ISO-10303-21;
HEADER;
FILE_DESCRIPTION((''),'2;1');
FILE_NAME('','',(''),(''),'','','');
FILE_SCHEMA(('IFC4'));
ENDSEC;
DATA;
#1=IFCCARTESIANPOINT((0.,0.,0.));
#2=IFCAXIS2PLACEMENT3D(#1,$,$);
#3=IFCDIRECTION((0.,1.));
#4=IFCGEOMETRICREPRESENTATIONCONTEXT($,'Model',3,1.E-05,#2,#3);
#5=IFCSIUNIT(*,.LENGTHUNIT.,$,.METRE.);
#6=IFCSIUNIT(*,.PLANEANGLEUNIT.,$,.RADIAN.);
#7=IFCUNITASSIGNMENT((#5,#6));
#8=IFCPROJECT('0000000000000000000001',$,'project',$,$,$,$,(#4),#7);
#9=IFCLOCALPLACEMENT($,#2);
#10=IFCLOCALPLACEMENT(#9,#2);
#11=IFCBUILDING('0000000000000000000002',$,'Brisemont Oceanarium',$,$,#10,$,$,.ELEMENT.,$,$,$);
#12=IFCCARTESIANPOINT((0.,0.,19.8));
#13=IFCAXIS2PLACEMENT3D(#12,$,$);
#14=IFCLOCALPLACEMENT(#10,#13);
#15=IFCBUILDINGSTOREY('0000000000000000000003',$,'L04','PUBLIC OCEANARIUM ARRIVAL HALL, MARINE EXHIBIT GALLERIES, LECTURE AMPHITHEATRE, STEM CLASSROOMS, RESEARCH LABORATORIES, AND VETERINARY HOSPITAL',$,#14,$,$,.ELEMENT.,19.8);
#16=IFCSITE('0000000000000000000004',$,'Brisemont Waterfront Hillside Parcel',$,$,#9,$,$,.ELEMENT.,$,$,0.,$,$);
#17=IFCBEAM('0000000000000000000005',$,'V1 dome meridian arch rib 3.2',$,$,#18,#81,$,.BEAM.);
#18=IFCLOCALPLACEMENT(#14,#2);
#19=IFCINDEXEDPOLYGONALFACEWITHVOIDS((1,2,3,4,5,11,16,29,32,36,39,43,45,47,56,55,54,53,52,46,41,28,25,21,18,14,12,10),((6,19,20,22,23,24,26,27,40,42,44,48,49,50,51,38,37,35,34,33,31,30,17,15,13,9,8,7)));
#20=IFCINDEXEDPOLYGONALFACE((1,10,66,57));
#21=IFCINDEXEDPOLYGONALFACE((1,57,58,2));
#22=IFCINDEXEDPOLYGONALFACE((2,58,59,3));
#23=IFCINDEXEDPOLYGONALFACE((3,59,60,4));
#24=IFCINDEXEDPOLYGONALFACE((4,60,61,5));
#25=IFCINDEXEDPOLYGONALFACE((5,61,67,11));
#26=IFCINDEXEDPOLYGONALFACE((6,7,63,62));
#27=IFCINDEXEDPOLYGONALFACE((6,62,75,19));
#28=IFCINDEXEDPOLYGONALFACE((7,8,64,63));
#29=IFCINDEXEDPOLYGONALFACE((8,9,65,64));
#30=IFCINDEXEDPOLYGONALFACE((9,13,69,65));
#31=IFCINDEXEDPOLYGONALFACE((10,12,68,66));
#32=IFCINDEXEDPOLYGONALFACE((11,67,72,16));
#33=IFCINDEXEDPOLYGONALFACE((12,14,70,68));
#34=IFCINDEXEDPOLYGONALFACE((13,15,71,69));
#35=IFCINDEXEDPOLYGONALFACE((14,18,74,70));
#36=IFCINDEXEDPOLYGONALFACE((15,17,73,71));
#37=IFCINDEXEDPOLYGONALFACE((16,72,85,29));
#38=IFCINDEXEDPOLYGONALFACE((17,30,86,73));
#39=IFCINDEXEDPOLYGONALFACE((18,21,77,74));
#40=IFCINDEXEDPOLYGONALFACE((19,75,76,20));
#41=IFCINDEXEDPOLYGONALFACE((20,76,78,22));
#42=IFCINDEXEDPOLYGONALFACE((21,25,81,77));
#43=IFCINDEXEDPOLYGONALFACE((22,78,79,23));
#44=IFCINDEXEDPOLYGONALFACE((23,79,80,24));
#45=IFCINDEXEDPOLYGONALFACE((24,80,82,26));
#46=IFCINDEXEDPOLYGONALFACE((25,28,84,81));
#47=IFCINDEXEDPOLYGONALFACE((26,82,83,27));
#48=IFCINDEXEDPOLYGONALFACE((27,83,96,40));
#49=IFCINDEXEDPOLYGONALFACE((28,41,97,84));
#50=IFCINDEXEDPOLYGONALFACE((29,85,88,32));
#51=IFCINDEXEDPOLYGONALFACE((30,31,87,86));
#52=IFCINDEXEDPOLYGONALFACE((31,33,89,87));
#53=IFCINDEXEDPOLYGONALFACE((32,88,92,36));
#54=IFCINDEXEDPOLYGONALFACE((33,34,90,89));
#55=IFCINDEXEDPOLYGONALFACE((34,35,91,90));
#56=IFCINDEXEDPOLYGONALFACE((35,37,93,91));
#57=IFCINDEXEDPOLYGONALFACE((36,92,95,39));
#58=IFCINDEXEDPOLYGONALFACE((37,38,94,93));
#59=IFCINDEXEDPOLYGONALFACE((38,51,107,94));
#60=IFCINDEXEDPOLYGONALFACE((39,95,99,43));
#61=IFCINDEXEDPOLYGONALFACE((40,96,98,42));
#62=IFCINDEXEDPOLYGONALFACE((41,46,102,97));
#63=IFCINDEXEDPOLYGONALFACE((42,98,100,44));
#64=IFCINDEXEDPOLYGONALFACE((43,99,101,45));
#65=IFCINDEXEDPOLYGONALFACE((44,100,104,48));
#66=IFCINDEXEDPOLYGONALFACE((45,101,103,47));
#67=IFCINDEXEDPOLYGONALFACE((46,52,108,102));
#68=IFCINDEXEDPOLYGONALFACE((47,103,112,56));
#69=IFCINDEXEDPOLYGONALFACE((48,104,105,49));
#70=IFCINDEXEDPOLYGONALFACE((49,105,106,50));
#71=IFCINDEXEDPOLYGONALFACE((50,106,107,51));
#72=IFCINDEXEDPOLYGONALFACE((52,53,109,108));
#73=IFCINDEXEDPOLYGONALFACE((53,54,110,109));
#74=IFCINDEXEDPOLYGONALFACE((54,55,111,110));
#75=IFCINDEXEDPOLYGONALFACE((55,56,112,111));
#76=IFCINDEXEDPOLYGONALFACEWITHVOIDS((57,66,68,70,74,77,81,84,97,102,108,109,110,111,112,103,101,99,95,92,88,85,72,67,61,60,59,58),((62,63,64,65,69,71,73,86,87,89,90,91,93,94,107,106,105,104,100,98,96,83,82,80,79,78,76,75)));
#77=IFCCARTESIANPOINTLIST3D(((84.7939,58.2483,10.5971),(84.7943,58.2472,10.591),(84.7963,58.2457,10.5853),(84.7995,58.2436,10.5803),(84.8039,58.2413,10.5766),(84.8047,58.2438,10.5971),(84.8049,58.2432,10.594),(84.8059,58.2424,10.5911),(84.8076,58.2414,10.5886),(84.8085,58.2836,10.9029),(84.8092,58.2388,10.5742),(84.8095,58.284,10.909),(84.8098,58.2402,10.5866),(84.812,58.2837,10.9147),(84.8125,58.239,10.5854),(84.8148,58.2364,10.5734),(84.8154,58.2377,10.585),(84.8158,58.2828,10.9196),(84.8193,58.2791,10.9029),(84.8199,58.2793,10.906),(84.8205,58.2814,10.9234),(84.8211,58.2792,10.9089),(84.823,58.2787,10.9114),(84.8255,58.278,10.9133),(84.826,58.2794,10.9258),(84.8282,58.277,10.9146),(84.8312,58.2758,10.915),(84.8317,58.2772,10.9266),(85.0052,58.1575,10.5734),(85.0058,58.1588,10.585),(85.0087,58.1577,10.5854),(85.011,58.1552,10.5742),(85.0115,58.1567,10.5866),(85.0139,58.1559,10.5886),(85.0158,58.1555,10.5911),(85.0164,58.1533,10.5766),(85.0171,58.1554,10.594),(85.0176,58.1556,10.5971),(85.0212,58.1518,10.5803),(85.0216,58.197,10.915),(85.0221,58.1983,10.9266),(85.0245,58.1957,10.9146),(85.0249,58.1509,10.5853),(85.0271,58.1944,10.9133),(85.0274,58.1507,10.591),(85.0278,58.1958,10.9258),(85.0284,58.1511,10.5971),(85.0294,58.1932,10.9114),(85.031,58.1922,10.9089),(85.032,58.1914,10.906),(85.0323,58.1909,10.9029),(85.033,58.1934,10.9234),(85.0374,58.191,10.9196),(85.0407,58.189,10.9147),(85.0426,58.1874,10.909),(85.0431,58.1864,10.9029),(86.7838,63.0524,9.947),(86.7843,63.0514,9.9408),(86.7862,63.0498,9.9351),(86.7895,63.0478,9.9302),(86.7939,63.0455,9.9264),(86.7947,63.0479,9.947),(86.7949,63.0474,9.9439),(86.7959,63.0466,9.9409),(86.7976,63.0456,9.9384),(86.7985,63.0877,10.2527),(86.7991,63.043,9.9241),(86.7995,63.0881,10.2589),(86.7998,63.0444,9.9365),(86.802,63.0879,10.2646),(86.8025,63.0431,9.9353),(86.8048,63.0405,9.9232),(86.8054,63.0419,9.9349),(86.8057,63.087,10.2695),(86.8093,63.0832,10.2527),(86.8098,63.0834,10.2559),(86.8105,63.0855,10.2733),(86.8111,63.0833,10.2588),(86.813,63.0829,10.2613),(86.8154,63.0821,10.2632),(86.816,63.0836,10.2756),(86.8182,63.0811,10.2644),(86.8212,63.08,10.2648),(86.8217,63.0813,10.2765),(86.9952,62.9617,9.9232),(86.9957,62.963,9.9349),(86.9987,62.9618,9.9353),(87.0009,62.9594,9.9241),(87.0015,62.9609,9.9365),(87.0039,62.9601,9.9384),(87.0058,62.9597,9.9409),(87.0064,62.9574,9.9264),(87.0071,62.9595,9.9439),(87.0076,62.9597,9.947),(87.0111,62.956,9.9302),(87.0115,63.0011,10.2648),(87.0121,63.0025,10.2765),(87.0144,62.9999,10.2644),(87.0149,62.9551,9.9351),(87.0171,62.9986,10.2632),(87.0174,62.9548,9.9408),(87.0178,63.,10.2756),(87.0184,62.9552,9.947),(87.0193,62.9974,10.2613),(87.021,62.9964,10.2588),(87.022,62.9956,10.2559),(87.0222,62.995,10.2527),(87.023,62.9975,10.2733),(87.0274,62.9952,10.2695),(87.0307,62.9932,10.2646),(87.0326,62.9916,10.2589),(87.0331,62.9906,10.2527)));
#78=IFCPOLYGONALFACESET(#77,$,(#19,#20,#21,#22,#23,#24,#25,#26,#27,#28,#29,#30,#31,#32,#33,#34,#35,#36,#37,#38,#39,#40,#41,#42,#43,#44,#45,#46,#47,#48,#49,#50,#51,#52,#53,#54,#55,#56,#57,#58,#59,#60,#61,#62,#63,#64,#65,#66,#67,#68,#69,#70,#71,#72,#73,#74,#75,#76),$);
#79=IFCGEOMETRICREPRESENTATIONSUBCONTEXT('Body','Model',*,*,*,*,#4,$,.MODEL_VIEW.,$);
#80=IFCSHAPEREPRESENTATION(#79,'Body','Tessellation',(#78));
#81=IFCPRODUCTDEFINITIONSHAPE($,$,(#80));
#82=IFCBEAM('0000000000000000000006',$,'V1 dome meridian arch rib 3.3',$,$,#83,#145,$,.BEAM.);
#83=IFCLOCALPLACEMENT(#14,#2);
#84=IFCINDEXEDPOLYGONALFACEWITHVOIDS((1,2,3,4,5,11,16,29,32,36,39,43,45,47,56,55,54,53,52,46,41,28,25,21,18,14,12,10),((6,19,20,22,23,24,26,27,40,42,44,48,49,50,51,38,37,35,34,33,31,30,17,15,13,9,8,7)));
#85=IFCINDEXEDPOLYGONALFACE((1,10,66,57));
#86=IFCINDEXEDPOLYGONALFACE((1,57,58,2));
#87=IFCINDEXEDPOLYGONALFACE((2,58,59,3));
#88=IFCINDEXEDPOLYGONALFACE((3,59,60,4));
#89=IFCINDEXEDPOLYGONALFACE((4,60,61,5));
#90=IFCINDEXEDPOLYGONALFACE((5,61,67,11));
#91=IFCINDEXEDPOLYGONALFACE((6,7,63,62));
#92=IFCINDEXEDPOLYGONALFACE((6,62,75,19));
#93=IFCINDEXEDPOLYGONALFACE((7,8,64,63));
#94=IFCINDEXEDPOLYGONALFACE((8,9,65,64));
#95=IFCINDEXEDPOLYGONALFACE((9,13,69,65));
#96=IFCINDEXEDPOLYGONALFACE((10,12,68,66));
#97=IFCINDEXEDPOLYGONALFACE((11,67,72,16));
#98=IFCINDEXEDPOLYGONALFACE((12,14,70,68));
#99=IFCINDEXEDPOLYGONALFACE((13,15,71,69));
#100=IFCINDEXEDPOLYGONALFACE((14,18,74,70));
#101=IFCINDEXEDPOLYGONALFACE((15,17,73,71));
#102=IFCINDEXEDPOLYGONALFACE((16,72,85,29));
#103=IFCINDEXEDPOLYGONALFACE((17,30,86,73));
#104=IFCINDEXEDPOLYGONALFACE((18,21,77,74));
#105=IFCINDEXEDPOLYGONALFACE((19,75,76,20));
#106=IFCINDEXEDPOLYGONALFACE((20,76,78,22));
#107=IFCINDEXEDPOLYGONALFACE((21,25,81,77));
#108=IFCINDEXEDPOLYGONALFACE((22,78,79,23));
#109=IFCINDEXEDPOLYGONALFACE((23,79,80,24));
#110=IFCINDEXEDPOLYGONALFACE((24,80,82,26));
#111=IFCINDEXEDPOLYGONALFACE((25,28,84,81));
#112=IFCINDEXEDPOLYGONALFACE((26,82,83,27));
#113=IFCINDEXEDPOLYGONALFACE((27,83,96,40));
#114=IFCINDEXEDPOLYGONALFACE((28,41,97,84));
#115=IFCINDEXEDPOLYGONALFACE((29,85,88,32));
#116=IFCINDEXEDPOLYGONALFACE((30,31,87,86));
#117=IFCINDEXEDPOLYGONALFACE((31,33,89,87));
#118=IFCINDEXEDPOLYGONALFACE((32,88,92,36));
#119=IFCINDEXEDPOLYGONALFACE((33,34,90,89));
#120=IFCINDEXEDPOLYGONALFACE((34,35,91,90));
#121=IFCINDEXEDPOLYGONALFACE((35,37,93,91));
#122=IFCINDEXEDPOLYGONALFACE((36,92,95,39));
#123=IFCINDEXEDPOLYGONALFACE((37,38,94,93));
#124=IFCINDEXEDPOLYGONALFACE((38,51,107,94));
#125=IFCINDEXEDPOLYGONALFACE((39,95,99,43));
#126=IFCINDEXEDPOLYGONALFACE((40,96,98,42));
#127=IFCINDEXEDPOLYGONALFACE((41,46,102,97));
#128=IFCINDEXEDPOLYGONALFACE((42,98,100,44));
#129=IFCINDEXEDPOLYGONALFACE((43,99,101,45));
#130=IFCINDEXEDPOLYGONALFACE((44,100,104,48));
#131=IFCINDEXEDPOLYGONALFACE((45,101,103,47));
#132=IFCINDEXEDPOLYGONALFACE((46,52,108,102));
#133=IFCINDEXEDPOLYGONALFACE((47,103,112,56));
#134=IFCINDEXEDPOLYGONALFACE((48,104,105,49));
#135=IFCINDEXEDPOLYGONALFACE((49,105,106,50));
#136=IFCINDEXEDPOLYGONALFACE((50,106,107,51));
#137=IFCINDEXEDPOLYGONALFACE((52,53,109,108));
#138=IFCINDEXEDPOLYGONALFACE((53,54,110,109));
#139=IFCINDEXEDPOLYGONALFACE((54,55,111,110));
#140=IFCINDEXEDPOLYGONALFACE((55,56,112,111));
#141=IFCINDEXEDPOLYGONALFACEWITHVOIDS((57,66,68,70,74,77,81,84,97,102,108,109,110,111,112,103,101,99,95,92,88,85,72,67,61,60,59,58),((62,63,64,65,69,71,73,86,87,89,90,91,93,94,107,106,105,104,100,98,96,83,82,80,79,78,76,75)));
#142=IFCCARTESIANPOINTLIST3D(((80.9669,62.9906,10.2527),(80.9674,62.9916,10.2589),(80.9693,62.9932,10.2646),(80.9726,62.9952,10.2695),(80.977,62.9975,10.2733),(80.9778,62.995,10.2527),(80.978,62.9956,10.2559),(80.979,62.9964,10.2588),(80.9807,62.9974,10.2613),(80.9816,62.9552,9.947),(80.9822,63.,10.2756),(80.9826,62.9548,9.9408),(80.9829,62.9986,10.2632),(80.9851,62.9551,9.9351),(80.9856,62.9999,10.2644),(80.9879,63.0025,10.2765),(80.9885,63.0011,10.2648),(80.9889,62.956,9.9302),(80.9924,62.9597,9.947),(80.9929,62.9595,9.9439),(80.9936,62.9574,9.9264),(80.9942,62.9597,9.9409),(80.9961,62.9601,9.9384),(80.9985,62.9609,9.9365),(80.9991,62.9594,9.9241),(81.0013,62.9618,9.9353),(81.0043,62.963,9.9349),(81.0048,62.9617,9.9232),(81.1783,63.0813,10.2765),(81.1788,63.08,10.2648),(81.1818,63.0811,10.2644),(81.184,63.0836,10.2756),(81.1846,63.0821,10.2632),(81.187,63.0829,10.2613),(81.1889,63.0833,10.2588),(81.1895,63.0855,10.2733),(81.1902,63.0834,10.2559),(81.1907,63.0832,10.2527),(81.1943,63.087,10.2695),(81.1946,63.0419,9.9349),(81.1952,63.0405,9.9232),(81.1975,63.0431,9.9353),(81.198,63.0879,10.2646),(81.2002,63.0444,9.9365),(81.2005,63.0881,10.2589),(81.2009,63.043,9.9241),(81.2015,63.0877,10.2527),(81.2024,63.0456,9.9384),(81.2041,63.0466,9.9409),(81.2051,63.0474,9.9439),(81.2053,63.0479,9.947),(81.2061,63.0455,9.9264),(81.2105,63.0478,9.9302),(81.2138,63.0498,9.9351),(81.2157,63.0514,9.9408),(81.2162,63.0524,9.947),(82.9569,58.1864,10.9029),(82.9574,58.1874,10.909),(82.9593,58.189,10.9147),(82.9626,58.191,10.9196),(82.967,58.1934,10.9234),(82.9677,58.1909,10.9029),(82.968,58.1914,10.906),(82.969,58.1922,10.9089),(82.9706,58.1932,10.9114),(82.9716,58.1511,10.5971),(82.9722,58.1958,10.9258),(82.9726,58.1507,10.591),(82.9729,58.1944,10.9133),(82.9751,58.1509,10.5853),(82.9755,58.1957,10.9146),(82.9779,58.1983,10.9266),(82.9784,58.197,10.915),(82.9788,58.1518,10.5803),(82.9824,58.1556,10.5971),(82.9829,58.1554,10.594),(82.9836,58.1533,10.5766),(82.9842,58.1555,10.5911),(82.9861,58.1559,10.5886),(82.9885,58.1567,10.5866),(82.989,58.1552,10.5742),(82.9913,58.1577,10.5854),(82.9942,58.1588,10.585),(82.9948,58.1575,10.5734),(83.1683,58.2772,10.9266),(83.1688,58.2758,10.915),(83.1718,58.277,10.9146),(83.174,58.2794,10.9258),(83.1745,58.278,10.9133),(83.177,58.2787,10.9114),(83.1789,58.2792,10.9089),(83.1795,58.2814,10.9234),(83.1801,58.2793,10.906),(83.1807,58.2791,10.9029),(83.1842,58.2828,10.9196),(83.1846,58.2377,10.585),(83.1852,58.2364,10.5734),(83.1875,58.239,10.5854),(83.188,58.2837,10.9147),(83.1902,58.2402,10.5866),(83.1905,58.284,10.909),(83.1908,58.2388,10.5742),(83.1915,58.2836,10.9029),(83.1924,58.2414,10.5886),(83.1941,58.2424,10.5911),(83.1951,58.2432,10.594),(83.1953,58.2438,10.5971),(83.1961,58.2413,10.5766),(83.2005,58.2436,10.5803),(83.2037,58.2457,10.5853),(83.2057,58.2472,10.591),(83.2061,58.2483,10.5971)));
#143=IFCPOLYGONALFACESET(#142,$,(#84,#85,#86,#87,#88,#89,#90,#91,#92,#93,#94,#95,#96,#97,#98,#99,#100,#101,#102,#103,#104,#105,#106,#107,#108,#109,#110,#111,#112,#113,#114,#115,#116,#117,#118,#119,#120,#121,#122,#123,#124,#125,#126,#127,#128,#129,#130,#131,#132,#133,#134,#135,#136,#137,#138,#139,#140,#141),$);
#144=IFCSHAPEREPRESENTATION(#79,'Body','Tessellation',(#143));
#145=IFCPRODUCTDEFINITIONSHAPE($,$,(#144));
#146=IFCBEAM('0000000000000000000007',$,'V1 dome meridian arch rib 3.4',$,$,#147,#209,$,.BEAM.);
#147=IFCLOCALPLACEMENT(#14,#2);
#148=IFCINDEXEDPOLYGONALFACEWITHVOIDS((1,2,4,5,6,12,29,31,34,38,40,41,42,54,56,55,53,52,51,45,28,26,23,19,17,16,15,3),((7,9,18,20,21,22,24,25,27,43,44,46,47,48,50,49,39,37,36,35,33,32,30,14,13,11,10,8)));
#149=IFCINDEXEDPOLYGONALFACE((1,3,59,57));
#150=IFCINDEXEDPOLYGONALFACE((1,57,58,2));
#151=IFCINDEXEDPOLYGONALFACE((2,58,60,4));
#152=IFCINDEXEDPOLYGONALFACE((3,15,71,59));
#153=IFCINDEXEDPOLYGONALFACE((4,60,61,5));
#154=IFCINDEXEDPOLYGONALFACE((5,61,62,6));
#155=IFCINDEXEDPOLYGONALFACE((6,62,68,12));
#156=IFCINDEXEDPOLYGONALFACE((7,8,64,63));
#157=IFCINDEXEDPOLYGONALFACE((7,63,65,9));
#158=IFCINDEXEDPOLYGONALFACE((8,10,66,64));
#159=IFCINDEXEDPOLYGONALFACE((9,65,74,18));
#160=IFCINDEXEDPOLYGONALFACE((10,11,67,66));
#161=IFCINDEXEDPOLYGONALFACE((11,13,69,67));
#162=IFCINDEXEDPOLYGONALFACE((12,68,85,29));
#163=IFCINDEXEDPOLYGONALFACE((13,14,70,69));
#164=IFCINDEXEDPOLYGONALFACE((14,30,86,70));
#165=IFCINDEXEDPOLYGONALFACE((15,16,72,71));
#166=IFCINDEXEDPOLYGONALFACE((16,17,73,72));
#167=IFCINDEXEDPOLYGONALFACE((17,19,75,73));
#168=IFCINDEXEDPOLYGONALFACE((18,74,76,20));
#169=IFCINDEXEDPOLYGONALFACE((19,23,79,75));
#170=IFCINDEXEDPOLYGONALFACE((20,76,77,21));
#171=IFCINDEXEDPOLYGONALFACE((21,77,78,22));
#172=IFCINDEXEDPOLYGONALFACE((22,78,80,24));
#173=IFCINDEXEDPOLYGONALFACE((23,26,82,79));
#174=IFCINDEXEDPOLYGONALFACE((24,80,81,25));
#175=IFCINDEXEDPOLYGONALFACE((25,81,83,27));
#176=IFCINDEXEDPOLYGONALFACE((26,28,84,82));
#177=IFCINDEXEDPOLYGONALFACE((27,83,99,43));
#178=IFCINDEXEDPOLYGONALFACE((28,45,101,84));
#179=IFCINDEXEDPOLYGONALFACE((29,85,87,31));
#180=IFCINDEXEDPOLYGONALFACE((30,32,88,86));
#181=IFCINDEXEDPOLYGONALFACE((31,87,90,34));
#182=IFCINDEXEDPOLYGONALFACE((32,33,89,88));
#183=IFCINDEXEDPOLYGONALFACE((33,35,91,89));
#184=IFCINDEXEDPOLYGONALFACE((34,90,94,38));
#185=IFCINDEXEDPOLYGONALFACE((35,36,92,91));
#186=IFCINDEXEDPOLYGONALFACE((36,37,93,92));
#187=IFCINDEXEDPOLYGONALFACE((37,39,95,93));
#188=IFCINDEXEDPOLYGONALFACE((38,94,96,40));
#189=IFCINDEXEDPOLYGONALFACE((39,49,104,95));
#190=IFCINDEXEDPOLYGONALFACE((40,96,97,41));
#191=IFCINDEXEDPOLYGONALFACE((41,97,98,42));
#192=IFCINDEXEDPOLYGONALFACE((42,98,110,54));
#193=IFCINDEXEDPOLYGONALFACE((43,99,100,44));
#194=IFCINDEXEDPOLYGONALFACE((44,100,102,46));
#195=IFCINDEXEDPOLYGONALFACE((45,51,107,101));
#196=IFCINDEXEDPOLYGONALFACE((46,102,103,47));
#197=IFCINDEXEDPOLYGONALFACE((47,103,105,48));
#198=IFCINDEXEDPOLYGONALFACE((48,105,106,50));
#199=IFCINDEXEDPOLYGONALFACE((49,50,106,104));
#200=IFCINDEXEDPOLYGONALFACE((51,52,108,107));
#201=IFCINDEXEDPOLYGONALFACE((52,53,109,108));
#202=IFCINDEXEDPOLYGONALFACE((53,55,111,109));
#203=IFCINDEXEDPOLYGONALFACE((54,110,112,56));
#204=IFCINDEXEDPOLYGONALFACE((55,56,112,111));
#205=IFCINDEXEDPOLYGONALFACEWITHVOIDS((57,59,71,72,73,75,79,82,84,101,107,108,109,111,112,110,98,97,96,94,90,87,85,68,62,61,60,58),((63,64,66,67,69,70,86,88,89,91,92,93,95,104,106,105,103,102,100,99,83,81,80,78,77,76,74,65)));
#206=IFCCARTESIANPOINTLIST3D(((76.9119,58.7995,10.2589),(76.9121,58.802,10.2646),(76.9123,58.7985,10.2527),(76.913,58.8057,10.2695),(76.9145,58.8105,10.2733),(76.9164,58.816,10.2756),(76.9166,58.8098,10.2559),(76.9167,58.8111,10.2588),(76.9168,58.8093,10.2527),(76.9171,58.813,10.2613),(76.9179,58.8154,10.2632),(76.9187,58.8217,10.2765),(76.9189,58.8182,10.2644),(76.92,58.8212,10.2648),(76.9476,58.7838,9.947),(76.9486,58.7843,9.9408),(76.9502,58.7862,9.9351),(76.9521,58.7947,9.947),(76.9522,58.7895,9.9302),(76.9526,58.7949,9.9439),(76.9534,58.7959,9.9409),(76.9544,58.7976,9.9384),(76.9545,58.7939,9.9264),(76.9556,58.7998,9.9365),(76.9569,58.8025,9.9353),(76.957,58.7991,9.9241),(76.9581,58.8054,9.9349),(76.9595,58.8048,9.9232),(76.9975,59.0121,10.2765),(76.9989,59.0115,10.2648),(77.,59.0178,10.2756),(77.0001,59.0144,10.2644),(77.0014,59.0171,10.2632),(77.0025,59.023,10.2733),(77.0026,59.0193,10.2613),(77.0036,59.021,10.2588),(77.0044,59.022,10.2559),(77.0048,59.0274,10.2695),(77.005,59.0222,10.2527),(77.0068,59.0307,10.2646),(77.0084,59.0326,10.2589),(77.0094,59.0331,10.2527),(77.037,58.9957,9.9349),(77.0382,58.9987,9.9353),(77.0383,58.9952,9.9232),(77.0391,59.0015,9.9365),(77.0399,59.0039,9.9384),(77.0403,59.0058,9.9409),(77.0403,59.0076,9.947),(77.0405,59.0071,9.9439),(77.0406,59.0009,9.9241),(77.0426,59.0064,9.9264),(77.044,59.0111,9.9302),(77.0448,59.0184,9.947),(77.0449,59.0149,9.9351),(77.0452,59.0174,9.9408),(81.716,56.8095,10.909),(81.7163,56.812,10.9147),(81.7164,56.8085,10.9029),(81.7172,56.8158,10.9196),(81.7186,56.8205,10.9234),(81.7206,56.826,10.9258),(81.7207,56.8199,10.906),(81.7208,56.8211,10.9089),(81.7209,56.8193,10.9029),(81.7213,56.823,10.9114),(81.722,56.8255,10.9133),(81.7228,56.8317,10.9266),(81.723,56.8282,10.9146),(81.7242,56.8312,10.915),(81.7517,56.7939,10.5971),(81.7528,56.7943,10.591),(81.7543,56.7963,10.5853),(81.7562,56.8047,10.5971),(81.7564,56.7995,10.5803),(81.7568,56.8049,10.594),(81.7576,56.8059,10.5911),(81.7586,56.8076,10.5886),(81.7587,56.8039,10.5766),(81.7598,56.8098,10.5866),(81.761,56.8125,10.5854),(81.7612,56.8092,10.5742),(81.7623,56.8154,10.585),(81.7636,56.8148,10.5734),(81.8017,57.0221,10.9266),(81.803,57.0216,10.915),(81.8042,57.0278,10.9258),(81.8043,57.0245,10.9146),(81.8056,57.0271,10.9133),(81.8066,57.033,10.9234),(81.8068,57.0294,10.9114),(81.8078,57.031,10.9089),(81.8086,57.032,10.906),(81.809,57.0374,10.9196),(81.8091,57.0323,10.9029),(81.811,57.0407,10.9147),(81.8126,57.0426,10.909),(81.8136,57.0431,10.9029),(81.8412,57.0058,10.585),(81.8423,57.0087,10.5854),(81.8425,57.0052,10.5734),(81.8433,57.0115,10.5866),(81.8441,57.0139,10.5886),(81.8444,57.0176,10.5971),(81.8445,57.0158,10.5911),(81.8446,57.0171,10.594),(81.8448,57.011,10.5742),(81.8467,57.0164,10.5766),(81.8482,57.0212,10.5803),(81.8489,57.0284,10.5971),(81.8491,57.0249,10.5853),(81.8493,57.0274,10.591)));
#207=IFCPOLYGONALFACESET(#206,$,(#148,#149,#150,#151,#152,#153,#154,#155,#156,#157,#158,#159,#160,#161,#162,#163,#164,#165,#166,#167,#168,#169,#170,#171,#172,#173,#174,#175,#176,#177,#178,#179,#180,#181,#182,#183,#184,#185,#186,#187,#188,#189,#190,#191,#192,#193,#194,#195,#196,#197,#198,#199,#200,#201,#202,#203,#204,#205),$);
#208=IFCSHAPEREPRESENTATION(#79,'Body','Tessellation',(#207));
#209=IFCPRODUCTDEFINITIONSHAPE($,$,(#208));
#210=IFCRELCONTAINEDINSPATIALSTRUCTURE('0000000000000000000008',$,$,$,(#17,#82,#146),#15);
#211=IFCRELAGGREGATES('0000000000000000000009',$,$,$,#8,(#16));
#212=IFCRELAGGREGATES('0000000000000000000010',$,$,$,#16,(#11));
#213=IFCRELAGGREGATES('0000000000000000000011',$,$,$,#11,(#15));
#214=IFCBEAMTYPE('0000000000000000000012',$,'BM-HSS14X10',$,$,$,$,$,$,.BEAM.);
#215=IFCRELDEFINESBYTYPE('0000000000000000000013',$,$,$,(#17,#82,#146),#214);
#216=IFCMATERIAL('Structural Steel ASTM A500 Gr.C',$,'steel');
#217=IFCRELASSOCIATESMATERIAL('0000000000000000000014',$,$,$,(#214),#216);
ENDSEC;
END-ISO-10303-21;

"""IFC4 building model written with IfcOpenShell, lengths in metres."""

from ifc_helpers import new_model, si_unit, direction, frame, origin, origin_2d, place, context, subcontext, project, spatial, hollow_rectangle, extrude, material, material_profile, profile_set, type_object, element, save


model = new_model("IFC4")

# Units and contexts
model_context = context("Model", 3, precision=1e-05, world=origin(), true_north=direction((0.0, 1.0)))
body_context = subcontext(model_context, "Body", "Model", "MODEL_VIEW")
ifc_project = project(units=[si_unit("LENGTHUNIT", "METRE"), si_unit("PLANEANGLEUNIT", "RADIAN")], contexts=[model_context])

# Site, building, storey
site_placement = place(None, origin())
site = spatial("IfcSite", under=ifc_project, at=site_placement, Name="Brisemont Waterfront Hillside Parcel", CompositionType="ELEMENT", RefElevation=0.0)
building_placement = place(site_placement, origin())
building = spatial("IfcBuilding", under=site, at=building_placement, Name="Brisemont Oceanarium", CompositionType="ELEMENT")
storey_placement = place(building_placement, frame((0.0, 0.0, 19.8)))
storey = spatial("IfcBuildingStorey", under=building, at=storey_placement, Name="L04", Description="PUBLIC OCEANARIUM ARRIVAL HALL, MARINE EXHIBIT GALLERIES, LECTURE AMPHITHEATRE, STEM CLASSROOMS, RESEARCH LABORATORIES, AND VETERINARY HOSPITAL", CompositionType="ELEMENT", Elevation=19.8)

# Beams
ifc_material_1 = material(Name="Structural Steel ASTM A500 Gr.C", Category="steel")
ifc_material_profile_1 = material_profile(ifc_material_1, hollow_rectangle(XDim=0.2539, YDim=0.356, WallThickness=0.0117, InnerFilletRadius=0.0122, OuterFilletRadius=0.0239, at=origin_2d()), Name="HSS14X10X1/2")
ifc_profile_set_1 = profile_set([ifc_material_profile_1], Name="Structural Steel ASTM A500 Gr.C")
beam_type_1 = type_object("IfcBeamType", Name="BM-HSS14X10", PredefinedType="BEAM", material=ifc_profile_set_1)
for number, where, z_axis, x_axis, name in (
    (1, (86.9084, 63.0215, 10.0999), (-0.379731, -0.91674, 0.124061), (0.923878, -0.382688, 0.0), "V1 dome meridian arch rib 3.2"),
    (2, (81.0916, 63.0215, 10.0999), (0.379731, -0.91674, 0.124061), (0.923878, 0.382688, 0.0), "V1 dome meridian arch rib 3.3"),
    (3, (76.9785, 58.9084, 10.0999), (0.91674, -0.379731, 0.124061), (0.382688, 0.923878, 0.0), "V1 dome meridian arch rib 3.4"),
):
    element("IfcBeam", number, at=place(storey_placement, frame(where, z_axis=z_axis, x_axis=x_axis)), inside=storey, type_object=beam_type_1, Name=name, PredefinedType="BEAM", context=body_context, shape_type="SweptSolid", body=[
        extrude(hollow_rectangle(XDim=0.2539, YDim=0.356, WallThickness=0.0117, InnerFilletRadius=0.0122, OuterFilletRadius=0.0239, at=origin_2d()), origin(), (0.0, 0.0, 1.0), 5.2405),
    ])

save(model, "model.ifc")
